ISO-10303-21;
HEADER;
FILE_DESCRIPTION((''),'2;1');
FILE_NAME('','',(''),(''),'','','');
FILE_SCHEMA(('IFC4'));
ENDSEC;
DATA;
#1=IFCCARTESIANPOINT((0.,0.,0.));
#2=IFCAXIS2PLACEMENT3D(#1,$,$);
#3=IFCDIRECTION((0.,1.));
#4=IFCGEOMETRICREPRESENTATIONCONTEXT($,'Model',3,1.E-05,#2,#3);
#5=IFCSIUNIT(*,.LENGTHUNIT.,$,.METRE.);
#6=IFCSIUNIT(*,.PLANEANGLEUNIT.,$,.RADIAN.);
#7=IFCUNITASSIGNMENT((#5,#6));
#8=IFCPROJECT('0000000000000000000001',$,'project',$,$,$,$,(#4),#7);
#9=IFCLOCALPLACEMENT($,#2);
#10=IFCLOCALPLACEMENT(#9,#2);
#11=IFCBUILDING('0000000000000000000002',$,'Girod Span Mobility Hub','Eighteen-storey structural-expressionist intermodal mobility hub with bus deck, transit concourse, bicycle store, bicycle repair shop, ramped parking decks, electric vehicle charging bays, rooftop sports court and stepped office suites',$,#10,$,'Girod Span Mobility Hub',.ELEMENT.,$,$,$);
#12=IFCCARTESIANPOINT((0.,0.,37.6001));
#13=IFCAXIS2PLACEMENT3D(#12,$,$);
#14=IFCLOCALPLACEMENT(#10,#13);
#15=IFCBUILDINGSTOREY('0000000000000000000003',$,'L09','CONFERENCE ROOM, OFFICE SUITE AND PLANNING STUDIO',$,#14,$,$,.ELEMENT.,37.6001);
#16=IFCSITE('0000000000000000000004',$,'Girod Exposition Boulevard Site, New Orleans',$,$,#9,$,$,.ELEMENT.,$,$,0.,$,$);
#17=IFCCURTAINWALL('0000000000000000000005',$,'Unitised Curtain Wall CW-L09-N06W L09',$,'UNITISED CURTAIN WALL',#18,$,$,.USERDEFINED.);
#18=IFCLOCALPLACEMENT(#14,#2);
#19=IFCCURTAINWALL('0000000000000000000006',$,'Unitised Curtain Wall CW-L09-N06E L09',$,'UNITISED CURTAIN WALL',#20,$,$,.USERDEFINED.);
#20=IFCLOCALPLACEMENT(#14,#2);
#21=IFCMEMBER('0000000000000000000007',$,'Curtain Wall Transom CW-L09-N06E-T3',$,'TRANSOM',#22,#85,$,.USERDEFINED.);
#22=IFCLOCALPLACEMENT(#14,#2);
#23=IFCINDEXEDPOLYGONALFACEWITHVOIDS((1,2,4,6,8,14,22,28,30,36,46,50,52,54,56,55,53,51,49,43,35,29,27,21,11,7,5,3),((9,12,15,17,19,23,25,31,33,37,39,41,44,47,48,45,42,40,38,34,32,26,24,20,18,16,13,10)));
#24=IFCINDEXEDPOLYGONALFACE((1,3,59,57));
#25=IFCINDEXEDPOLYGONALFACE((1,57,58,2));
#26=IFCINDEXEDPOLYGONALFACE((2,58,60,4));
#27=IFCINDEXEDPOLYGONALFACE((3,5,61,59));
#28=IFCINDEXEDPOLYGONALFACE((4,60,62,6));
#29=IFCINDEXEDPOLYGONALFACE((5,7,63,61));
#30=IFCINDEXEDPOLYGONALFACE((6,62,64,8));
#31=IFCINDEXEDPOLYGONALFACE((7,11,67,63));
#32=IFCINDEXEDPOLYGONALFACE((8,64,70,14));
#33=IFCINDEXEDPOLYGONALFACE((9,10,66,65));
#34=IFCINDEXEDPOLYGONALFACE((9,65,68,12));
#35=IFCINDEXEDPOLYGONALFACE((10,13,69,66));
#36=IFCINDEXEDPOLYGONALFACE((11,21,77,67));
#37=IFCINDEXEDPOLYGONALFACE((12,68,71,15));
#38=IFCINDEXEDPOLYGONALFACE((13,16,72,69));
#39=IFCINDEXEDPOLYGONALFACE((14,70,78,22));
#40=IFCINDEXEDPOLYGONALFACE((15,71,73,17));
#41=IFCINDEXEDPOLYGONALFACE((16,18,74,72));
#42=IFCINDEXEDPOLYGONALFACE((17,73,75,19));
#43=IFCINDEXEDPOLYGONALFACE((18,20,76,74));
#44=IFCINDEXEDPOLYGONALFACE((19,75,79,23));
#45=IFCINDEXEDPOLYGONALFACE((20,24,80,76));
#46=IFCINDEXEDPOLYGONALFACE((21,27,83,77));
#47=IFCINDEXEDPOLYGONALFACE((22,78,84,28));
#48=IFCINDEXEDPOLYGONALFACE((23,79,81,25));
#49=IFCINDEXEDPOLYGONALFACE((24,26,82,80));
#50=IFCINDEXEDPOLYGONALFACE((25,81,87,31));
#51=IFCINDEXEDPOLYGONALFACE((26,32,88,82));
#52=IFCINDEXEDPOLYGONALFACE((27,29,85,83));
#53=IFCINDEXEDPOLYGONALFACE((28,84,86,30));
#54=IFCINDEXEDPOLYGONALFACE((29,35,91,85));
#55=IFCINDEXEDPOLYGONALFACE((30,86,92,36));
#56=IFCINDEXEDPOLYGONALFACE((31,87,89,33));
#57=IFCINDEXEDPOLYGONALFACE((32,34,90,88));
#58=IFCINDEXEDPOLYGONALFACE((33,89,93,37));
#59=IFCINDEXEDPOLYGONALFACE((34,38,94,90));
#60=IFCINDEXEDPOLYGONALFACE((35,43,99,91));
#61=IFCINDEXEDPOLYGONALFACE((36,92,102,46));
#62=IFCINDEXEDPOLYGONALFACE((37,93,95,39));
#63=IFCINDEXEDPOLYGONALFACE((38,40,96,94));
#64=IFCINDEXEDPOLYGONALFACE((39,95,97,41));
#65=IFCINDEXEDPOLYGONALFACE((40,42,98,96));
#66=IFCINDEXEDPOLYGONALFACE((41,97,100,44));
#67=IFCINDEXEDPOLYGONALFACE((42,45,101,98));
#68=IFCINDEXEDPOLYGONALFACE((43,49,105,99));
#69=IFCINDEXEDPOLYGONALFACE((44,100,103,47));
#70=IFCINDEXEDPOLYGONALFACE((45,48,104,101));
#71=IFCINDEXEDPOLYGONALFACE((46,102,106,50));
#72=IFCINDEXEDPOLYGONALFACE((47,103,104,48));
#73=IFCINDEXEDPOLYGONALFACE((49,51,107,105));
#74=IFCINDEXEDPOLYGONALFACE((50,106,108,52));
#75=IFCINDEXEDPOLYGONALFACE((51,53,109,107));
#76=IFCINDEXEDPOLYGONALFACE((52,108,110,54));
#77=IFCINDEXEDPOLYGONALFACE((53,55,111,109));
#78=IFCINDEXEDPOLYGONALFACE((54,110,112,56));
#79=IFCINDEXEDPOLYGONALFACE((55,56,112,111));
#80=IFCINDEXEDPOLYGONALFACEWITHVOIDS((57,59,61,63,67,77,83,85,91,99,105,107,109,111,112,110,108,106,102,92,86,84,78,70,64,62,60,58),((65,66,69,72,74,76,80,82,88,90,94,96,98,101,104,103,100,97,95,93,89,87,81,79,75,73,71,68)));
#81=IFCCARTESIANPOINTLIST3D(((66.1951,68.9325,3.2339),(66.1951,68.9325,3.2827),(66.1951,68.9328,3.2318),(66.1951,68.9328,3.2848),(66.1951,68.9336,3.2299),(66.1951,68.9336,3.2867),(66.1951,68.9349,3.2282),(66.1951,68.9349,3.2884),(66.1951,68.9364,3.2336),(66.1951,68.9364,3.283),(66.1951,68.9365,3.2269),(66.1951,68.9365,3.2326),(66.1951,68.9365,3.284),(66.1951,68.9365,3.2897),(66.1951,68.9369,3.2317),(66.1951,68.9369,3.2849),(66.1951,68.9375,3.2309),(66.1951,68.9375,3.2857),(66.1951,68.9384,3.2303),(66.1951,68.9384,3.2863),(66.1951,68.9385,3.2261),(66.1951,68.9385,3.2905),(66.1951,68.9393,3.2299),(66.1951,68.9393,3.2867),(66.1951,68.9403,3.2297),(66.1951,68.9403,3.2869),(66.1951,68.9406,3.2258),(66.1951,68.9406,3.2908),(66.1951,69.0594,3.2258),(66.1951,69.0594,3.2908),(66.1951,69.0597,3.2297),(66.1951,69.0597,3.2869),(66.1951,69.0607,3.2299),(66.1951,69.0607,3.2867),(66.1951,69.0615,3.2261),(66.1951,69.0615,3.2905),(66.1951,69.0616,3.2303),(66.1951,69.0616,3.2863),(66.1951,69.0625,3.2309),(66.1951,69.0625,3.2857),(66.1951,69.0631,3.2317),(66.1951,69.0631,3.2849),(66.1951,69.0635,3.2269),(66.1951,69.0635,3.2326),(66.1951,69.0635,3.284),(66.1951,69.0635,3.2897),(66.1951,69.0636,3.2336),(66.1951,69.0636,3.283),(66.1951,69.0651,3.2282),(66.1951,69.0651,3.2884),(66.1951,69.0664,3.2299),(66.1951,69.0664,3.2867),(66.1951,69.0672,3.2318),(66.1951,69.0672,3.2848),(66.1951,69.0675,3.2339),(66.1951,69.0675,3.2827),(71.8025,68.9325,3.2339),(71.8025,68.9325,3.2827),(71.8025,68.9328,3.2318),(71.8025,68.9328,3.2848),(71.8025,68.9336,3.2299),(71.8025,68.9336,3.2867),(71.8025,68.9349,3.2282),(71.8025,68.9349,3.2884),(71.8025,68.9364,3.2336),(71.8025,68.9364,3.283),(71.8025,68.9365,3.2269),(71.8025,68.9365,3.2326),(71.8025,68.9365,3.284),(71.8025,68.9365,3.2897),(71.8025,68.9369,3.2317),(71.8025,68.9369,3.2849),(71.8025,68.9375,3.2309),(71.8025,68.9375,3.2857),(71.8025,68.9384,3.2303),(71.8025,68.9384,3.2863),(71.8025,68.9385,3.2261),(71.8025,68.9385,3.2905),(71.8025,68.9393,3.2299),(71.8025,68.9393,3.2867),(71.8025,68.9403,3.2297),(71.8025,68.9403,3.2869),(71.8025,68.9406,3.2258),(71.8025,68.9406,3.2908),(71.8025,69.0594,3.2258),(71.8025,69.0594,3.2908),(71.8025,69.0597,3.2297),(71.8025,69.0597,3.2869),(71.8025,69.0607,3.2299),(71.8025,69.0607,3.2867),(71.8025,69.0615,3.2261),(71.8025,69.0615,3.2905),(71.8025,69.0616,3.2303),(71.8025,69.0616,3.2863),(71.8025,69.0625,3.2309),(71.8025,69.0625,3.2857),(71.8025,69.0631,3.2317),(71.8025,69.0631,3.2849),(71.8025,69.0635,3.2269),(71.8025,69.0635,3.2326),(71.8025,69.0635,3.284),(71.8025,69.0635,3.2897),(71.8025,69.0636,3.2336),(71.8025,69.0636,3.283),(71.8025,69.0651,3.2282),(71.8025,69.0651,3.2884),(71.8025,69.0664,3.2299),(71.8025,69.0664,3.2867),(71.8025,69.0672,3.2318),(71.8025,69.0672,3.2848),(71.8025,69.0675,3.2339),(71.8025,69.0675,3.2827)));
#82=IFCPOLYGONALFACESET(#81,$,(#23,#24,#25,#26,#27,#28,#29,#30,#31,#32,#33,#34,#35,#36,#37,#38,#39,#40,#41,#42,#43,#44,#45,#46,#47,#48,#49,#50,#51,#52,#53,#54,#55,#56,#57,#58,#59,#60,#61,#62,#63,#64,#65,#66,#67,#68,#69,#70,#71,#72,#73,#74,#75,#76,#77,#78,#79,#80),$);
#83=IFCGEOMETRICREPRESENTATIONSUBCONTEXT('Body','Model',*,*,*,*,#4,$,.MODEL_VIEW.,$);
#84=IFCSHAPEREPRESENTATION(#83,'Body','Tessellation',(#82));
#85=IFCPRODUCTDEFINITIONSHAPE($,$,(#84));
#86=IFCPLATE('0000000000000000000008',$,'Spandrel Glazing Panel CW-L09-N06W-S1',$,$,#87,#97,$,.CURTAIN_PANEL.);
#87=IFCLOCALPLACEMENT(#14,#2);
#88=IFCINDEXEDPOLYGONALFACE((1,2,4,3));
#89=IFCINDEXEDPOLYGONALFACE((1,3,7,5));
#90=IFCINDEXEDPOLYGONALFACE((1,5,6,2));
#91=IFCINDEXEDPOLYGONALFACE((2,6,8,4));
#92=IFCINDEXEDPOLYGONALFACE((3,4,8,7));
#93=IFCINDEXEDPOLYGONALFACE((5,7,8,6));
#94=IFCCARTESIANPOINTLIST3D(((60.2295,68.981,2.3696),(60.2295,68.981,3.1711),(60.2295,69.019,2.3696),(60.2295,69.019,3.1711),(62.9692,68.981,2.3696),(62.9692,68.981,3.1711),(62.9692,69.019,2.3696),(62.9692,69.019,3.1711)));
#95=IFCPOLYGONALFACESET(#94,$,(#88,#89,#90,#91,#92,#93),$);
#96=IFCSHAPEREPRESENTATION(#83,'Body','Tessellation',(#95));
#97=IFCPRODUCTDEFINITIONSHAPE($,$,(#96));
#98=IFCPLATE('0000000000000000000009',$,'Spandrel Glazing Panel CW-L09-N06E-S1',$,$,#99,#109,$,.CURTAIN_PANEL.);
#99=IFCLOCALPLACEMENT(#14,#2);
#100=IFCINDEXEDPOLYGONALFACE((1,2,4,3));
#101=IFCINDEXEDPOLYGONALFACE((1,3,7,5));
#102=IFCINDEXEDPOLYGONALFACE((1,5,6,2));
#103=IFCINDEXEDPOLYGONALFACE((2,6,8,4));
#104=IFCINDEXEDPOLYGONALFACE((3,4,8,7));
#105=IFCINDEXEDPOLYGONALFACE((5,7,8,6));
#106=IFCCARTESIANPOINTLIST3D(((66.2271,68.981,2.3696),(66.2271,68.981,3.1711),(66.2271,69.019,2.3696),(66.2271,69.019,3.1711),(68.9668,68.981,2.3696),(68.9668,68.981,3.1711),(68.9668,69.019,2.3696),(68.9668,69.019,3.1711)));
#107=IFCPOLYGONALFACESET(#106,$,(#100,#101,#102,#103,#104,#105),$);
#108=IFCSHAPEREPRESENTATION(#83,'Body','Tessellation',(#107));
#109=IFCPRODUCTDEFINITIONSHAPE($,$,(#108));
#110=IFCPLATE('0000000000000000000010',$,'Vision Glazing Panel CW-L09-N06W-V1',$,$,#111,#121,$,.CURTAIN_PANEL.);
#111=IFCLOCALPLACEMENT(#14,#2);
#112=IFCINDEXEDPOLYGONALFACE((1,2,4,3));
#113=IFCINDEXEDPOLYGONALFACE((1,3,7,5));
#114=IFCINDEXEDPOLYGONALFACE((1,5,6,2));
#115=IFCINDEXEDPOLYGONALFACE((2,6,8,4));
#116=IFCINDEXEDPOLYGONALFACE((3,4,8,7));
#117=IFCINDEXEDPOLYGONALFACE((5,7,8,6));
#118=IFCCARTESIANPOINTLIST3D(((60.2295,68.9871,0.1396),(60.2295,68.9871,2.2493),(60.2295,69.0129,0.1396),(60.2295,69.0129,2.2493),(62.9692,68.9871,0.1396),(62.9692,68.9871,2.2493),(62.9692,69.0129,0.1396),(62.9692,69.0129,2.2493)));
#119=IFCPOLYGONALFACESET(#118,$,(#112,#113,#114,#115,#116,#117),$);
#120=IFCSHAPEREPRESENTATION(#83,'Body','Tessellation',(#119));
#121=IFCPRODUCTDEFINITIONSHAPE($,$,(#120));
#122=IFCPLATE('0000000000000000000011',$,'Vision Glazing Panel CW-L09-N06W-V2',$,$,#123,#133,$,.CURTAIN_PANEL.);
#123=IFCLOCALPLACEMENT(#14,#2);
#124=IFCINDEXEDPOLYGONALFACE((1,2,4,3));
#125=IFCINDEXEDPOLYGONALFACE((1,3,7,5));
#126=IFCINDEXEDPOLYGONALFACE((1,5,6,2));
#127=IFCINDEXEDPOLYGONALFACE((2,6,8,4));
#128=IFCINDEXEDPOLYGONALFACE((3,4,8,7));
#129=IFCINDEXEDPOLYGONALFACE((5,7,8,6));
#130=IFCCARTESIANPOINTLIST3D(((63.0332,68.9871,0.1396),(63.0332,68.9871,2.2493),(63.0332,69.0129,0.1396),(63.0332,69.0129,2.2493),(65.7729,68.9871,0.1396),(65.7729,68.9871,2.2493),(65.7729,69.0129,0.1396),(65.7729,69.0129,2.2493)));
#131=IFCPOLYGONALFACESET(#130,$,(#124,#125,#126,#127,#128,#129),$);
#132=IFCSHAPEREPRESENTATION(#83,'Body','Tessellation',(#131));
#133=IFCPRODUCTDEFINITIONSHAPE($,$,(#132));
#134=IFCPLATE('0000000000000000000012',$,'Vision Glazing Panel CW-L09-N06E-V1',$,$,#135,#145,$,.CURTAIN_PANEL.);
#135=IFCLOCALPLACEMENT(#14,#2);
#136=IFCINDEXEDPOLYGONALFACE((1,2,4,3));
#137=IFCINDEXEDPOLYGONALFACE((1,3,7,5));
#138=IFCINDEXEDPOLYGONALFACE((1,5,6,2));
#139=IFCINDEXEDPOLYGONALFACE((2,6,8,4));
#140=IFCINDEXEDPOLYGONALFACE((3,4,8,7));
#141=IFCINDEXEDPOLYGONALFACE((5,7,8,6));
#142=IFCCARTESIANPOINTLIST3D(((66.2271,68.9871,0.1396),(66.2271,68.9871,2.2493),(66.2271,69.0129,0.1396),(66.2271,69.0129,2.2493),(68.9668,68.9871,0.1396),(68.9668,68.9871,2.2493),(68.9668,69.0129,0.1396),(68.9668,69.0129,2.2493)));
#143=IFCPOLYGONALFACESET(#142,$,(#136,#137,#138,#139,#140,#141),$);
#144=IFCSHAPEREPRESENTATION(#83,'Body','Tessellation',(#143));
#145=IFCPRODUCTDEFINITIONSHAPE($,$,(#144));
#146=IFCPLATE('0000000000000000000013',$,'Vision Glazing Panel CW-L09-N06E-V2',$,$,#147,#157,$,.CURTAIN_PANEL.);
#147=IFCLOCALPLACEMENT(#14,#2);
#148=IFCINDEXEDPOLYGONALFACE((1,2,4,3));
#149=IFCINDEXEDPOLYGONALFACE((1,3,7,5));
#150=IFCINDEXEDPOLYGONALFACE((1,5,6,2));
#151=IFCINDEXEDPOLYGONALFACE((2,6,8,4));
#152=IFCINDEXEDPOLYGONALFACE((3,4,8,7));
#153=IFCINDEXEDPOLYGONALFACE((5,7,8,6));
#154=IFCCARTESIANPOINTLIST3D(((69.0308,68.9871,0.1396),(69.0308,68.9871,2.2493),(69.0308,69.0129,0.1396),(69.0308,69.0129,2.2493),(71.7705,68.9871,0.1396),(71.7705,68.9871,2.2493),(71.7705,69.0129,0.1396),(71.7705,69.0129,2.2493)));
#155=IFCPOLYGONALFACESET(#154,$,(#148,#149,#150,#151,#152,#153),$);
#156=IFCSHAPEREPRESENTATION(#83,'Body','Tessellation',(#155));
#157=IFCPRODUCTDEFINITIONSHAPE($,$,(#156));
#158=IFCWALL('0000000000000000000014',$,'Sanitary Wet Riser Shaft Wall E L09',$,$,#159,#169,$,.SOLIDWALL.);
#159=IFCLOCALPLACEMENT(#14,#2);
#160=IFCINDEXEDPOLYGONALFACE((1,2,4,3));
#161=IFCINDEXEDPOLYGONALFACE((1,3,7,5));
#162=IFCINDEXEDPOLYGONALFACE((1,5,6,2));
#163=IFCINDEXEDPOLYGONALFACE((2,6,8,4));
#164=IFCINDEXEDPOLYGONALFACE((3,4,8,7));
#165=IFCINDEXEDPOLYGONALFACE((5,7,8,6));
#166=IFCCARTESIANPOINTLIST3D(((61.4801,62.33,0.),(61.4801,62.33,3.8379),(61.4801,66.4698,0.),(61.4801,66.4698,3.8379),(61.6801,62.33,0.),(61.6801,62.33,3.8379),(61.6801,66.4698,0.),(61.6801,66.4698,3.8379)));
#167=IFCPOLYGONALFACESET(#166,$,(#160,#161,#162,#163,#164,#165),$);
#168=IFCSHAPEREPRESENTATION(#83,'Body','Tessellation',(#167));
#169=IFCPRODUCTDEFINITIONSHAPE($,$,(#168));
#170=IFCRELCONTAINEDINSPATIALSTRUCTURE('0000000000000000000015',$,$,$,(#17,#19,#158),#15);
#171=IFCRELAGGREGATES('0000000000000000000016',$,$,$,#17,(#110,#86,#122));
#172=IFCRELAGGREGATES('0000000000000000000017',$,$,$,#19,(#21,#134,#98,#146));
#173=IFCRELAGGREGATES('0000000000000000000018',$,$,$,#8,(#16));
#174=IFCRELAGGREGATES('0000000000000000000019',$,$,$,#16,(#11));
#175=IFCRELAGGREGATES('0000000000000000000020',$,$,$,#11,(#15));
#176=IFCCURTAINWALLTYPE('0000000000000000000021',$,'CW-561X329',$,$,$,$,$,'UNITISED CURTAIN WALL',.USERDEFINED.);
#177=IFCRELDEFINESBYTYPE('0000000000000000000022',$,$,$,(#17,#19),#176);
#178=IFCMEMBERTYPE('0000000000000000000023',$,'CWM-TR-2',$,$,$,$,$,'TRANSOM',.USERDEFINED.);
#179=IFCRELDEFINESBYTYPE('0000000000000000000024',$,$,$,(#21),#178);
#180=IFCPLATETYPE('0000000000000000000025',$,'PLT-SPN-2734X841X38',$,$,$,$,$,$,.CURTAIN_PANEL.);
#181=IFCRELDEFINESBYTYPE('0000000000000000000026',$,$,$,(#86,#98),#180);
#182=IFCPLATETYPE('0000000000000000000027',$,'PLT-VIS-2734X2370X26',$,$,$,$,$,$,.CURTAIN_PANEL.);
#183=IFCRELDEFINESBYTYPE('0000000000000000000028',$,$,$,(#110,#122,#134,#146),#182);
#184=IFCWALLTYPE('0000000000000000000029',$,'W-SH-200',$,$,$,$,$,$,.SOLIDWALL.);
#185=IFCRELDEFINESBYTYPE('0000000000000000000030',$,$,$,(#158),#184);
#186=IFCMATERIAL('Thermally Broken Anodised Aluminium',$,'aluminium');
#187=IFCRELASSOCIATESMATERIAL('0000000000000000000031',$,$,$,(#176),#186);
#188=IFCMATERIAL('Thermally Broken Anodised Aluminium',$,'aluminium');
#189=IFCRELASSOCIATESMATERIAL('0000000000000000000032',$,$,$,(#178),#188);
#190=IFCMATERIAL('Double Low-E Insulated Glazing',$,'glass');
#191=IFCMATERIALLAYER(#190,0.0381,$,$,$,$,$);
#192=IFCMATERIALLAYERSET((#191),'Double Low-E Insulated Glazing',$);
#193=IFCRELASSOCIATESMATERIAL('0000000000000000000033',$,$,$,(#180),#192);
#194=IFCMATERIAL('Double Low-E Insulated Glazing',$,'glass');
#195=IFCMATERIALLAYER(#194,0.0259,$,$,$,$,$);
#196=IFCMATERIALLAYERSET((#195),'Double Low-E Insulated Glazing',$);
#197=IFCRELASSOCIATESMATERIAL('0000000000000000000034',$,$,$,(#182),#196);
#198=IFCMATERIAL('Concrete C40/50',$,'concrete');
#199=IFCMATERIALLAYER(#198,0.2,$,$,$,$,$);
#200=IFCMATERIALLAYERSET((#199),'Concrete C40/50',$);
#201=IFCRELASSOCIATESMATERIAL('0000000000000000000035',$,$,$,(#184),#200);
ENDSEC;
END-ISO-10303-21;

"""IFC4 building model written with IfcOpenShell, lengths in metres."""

from ifc_helpers import new_model, si_unit, direction, frame, frame_2d, origin, origin_2d, place, context, subcontext, project, spatial, rectangle, hollow_rectangle, extrude, material, layer, layer_set, material_profile, profile_set, type_object, element, aggregate, save


model = new_model("IFC4")

# Units and contexts
model_context = context("Model", 3, precision=1e-05, world=origin(), true_north=direction((0.0, 1.0)))
body_context = subcontext(model_context, "Body", "Model", "MODEL_VIEW")
ifc_project = project(units=[si_unit("LENGTHUNIT", "METRE"), si_unit("PLANEANGLEUNIT", "RADIAN")], contexts=[model_context])

# Site, building, storey
site_placement = place(None, origin())
site = spatial("IfcSite", under=ifc_project, at=site_placement, Name="Girod Exposition Boulevard Site, New Orleans", CompositionType="ELEMENT", RefElevation=0.0)
building_placement = place(site_placement, origin())
building = spatial("IfcBuilding", under=site, at=building_placement, Name="Girod Span Mobility Hub", Description="Eighteen-storey structural-expressionist intermodal mobility hub with bus deck, transit concourse, bicycle store, bicycle repair shop, ramped parking decks, electric vehicle charging bays, rooftop sports court and stepped office suites", LongName="Girod Span Mobility Hub", CompositionType="ELEMENT")
storey_placement = place(building_placement, frame((0.0, 0.0, 37.6001)))
storey = spatial("IfcBuildingStorey", under=building, at=storey_placement, Name="L09", Description="CONFERENCE ROOM, OFFICE SUITE AND PLANNING STUDIO", CompositionType="ELEMENT", Elevation=37.6001)

# Curtain walls, member
ifc_material_1 = material(Name="Thermally Broken Anodised Aluminium", Category="aluminium")
curtain_wall_type = type_object("IfcCurtainWallType", Name="CW-561X329", ElementType="UNITISED CURTAIN WALL", PredefinedType="USERDEFINED", material=ifc_material_1)
curtain_wall_1_placement = place(storey_placement, origin())
curtain_wall_1 = element("IfcCurtainWall", 1, at=curtain_wall_1_placement, inside=storey, type_object=curtain_wall_type, Name="Unitised Curtain Wall CW-L09-N06W L09", ObjectType="UNITISED CURTAIN WALL", PredefinedType="USERDEFINED")
curtain_wall_2_placement = place(storey_placement, origin())
curtain_wall_2 = element("IfcCurtainWall", 2, at=curtain_wall_2_placement, inside=storey, type_object=curtain_wall_type, Name="Unitised Curtain Wall CW-L09-N06E L09", ObjectType="UNITISED CURTAIN WALL", PredefinedType="USERDEFINED")
ifc_material_2 = material(Name="Thermally Broken Anodised Aluminium", Category="aluminium")
ifc_material_profile_1 = material_profile(ifc_material_2, hollow_rectangle(XDim=0.135, YDim=0.0649, WallThickness=0.0039, InnerFilletRadius=0.0039, OuterFilletRadius=0.0081, at=origin_2d()), Name="CW-TR-65X135")
ifc_profile_set_1 = profile_set([ifc_material_profile_1], Name="Thermally Broken Anodised Aluminium")
member_type_1 = type_object("IfcMemberType", Name="CWM-TR-2", ElementType="TRANSOM", PredefinedType="USERDEFINED", material=ifc_profile_set_1)
member_1_placement = place(storey_placement, frame((66.1951, 69.0, 3.2583), z_axis=(1.0, 0.0, 0.0), x_axis=(0.0, 1.0, 0.0)))
member_1 = element("IfcMember", 3, at=member_1_placement, type_object=member_type_1, Name="Curtain Wall Transom CW-L09-N06E-T3", ObjectType="TRANSOM", PredefinedType="USERDEFINED", context=body_context, shape_type="SweptSolid", body=[
    extrude(hollow_rectangle(XDim=0.135, YDim=0.0649, WallThickness=0.0039, InnerFilletRadius=0.0039, OuterFilletRadius=0.0081, at=origin_2d()), origin(), (0.0, 0.0, 1.0), 5.6074),
])

# Plates
ifc_material_3 = material(Name="Double Low-E Insulated Glazing", Category="glass")
ifc_layer_1 = layer(ifc_material_3, 0.0381)
ifc_layer_set_1 = layer_set([ifc_layer_1], Name="Double Low-E Insulated Glazing")
plate_type_1 = type_object("IfcPlateType", Name="PLT-SPN-2734X841X38", PredefinedType="CURTAIN_PANEL", material=ifc_layer_set_1)
plate_1_placement = place(storey_placement, frame((61.5994, 69.0, 2.3696), z_axis=(0.0, 0.0, 1.0), x_axis=(1.0, 0.0, 0.0)))
plate_1 = element("IfcPlate", 4, at=plate_1_placement, type_object=plate_type_1, Name="Spandrel Glazing Panel CW-L09-N06W-S1", PredefinedType="CURTAIN_PANEL", context=body_context, shape_type="SweptSolid", body=[
    extrude(rectangle(XDim=2.7397, YDim=0.0381, at=origin_2d()), origin(), (0.0, 0.0, 1.0), 0.8015),
])
plate_2_placement = place(storey_placement, frame((67.5969, 69.0, 2.3696), z_axis=(0.0, 0.0, 1.0), x_axis=(1.0, 0.0, 0.0)))
plate_2 = element("IfcPlate", 5, at=plate_2_placement, type_object=plate_type_1, Name="Spandrel Glazing Panel CW-L09-N06E-S1", PredefinedType="CURTAIN_PANEL", context=body_context, shape_type="SweptSolid", body=[
    extrude(rectangle(XDim=2.7397, YDim=0.0381, at=origin_2d()), origin(), (0.0, 0.0, 1.0), 0.8015),
])
ifc_material_4 = material(Name="Double Low-E Insulated Glazing", Category="glass")
ifc_layer_2 = layer(ifc_material_4, 0.0259)
ifc_layer_set_2 = layer_set([ifc_layer_2], Name="Double Low-E Insulated Glazing")
plate_type_2 = type_object("IfcPlateType", Name="PLT-VIS-2734X2370X26", PredefinedType="CURTAIN_PANEL", material=ifc_layer_set_2)
plate_3_placement = place(storey_placement, frame((61.5994, 69.0, 0.1396), z_axis=(0.0, 0.0, 1.0), x_axis=(1.0, 0.0, 0.0)))
plate_3 = element("IfcPlate", 6, at=plate_3_placement, type_object=plate_type_2, Name="Vision Glazing Panel CW-L09-N06W-V1", PredefinedType="CURTAIN_PANEL", context=body_context, shape_type="SweptSolid", body=[
    extrude(rectangle(XDim=2.7397, YDim=0.0259, at=origin_2d()), origin(), (0.0, 0.0, 1.0), 2.1096),
])
plate_4_placement = place(storey_placement, frame((64.4031, 69.0, 0.1396), z_axis=(0.0, 0.0, 1.0), x_axis=(1.0, 0.0, 0.0)))
plate_4 = element("IfcPlate", 7, at=plate_4_placement, type_object=plate_type_2, Name="Vision Glazing Panel CW-L09-N06W-V2", PredefinedType="CURTAIN_PANEL", context=body_context, shape_type="SweptSolid", body=[
    extrude(rectangle(XDim=2.7397, YDim=0.0259, at=origin_2d()), origin(), (0.0, 0.0, 1.0), 2.1096),
])
aggregate(curtain_wall_1, [plate_3, plate_1, plate_4])
plate_5_placement = place(storey_placement, frame((67.5969, 69.0, 0.1396), z_axis=(0.0, 0.0, 1.0), x_axis=(1.0, 0.0, 0.0)))
plate_5 = element("IfcPlate", 8, at=plate_5_placement, type_object=plate_type_2, Name="Vision Glazing Panel CW-L09-N06E-V1", PredefinedType="CURTAIN_PANEL", context=body_context, shape_type="SweptSolid", body=[
    extrude(rectangle(XDim=2.7397, YDim=0.0259, at=origin_2d()), origin(), (0.0, 0.0, 1.0), 2.1096),
])
plate_6_placement = place(storey_placement, frame((70.4006, 69.0, 0.1396), z_axis=(0.0, 0.0, 1.0), x_axis=(1.0, 0.0, 0.0)))
plate_6 = element("IfcPlate", 9, at=plate_6_placement, type_object=plate_type_2, Name="Vision Glazing Panel CW-L09-N06E-V2", PredefinedType="CURTAIN_PANEL", context=body_context, shape_type="SweptSolid", body=[
    extrude(rectangle(XDim=2.7397, YDim=0.0259, at=origin_2d()), origin(), (0.0, 0.0, 1.0), 2.1096),
])
aggregate(curtain_wall_2, [member_1, plate_5, plate_2, plate_6])

# Wall
ifc_material_5 = material(Name="Concrete C40/50", Category="concrete")
ifc_layer_3 = layer(ifc_material_5, 0.2)
ifc_layer_set_3 = layer_set([ifc_layer_3], Name="Concrete C40/50")
wall_type = type_object("IfcWallType", Name="W-SH-200", PredefinedType="SOLIDWALL", material=ifc_layer_set_3)
wall_placement = place(storey_placement, frame((61.5801, 62.3301, 0.0), z_axis=(0.0, 0.0, 1.0), x_axis=(0.0, 1.0, 0.0)))
element("IfcWall", 10, at=wall_placement, inside=storey, type_object=wall_type, Name="Sanitary Wet Riser Shaft Wall E L09", PredefinedType="SOLIDWALL", context=body_context, shape_type="SweptSolid", body=[
    extrude(rectangle(XDim=4.1399, YDim=0.2, at=frame_2d((2.0698, 0.0))), origin(), (0.0, 0.0, 1.0), 3.8379),
])

save(model, "model.ifc")
